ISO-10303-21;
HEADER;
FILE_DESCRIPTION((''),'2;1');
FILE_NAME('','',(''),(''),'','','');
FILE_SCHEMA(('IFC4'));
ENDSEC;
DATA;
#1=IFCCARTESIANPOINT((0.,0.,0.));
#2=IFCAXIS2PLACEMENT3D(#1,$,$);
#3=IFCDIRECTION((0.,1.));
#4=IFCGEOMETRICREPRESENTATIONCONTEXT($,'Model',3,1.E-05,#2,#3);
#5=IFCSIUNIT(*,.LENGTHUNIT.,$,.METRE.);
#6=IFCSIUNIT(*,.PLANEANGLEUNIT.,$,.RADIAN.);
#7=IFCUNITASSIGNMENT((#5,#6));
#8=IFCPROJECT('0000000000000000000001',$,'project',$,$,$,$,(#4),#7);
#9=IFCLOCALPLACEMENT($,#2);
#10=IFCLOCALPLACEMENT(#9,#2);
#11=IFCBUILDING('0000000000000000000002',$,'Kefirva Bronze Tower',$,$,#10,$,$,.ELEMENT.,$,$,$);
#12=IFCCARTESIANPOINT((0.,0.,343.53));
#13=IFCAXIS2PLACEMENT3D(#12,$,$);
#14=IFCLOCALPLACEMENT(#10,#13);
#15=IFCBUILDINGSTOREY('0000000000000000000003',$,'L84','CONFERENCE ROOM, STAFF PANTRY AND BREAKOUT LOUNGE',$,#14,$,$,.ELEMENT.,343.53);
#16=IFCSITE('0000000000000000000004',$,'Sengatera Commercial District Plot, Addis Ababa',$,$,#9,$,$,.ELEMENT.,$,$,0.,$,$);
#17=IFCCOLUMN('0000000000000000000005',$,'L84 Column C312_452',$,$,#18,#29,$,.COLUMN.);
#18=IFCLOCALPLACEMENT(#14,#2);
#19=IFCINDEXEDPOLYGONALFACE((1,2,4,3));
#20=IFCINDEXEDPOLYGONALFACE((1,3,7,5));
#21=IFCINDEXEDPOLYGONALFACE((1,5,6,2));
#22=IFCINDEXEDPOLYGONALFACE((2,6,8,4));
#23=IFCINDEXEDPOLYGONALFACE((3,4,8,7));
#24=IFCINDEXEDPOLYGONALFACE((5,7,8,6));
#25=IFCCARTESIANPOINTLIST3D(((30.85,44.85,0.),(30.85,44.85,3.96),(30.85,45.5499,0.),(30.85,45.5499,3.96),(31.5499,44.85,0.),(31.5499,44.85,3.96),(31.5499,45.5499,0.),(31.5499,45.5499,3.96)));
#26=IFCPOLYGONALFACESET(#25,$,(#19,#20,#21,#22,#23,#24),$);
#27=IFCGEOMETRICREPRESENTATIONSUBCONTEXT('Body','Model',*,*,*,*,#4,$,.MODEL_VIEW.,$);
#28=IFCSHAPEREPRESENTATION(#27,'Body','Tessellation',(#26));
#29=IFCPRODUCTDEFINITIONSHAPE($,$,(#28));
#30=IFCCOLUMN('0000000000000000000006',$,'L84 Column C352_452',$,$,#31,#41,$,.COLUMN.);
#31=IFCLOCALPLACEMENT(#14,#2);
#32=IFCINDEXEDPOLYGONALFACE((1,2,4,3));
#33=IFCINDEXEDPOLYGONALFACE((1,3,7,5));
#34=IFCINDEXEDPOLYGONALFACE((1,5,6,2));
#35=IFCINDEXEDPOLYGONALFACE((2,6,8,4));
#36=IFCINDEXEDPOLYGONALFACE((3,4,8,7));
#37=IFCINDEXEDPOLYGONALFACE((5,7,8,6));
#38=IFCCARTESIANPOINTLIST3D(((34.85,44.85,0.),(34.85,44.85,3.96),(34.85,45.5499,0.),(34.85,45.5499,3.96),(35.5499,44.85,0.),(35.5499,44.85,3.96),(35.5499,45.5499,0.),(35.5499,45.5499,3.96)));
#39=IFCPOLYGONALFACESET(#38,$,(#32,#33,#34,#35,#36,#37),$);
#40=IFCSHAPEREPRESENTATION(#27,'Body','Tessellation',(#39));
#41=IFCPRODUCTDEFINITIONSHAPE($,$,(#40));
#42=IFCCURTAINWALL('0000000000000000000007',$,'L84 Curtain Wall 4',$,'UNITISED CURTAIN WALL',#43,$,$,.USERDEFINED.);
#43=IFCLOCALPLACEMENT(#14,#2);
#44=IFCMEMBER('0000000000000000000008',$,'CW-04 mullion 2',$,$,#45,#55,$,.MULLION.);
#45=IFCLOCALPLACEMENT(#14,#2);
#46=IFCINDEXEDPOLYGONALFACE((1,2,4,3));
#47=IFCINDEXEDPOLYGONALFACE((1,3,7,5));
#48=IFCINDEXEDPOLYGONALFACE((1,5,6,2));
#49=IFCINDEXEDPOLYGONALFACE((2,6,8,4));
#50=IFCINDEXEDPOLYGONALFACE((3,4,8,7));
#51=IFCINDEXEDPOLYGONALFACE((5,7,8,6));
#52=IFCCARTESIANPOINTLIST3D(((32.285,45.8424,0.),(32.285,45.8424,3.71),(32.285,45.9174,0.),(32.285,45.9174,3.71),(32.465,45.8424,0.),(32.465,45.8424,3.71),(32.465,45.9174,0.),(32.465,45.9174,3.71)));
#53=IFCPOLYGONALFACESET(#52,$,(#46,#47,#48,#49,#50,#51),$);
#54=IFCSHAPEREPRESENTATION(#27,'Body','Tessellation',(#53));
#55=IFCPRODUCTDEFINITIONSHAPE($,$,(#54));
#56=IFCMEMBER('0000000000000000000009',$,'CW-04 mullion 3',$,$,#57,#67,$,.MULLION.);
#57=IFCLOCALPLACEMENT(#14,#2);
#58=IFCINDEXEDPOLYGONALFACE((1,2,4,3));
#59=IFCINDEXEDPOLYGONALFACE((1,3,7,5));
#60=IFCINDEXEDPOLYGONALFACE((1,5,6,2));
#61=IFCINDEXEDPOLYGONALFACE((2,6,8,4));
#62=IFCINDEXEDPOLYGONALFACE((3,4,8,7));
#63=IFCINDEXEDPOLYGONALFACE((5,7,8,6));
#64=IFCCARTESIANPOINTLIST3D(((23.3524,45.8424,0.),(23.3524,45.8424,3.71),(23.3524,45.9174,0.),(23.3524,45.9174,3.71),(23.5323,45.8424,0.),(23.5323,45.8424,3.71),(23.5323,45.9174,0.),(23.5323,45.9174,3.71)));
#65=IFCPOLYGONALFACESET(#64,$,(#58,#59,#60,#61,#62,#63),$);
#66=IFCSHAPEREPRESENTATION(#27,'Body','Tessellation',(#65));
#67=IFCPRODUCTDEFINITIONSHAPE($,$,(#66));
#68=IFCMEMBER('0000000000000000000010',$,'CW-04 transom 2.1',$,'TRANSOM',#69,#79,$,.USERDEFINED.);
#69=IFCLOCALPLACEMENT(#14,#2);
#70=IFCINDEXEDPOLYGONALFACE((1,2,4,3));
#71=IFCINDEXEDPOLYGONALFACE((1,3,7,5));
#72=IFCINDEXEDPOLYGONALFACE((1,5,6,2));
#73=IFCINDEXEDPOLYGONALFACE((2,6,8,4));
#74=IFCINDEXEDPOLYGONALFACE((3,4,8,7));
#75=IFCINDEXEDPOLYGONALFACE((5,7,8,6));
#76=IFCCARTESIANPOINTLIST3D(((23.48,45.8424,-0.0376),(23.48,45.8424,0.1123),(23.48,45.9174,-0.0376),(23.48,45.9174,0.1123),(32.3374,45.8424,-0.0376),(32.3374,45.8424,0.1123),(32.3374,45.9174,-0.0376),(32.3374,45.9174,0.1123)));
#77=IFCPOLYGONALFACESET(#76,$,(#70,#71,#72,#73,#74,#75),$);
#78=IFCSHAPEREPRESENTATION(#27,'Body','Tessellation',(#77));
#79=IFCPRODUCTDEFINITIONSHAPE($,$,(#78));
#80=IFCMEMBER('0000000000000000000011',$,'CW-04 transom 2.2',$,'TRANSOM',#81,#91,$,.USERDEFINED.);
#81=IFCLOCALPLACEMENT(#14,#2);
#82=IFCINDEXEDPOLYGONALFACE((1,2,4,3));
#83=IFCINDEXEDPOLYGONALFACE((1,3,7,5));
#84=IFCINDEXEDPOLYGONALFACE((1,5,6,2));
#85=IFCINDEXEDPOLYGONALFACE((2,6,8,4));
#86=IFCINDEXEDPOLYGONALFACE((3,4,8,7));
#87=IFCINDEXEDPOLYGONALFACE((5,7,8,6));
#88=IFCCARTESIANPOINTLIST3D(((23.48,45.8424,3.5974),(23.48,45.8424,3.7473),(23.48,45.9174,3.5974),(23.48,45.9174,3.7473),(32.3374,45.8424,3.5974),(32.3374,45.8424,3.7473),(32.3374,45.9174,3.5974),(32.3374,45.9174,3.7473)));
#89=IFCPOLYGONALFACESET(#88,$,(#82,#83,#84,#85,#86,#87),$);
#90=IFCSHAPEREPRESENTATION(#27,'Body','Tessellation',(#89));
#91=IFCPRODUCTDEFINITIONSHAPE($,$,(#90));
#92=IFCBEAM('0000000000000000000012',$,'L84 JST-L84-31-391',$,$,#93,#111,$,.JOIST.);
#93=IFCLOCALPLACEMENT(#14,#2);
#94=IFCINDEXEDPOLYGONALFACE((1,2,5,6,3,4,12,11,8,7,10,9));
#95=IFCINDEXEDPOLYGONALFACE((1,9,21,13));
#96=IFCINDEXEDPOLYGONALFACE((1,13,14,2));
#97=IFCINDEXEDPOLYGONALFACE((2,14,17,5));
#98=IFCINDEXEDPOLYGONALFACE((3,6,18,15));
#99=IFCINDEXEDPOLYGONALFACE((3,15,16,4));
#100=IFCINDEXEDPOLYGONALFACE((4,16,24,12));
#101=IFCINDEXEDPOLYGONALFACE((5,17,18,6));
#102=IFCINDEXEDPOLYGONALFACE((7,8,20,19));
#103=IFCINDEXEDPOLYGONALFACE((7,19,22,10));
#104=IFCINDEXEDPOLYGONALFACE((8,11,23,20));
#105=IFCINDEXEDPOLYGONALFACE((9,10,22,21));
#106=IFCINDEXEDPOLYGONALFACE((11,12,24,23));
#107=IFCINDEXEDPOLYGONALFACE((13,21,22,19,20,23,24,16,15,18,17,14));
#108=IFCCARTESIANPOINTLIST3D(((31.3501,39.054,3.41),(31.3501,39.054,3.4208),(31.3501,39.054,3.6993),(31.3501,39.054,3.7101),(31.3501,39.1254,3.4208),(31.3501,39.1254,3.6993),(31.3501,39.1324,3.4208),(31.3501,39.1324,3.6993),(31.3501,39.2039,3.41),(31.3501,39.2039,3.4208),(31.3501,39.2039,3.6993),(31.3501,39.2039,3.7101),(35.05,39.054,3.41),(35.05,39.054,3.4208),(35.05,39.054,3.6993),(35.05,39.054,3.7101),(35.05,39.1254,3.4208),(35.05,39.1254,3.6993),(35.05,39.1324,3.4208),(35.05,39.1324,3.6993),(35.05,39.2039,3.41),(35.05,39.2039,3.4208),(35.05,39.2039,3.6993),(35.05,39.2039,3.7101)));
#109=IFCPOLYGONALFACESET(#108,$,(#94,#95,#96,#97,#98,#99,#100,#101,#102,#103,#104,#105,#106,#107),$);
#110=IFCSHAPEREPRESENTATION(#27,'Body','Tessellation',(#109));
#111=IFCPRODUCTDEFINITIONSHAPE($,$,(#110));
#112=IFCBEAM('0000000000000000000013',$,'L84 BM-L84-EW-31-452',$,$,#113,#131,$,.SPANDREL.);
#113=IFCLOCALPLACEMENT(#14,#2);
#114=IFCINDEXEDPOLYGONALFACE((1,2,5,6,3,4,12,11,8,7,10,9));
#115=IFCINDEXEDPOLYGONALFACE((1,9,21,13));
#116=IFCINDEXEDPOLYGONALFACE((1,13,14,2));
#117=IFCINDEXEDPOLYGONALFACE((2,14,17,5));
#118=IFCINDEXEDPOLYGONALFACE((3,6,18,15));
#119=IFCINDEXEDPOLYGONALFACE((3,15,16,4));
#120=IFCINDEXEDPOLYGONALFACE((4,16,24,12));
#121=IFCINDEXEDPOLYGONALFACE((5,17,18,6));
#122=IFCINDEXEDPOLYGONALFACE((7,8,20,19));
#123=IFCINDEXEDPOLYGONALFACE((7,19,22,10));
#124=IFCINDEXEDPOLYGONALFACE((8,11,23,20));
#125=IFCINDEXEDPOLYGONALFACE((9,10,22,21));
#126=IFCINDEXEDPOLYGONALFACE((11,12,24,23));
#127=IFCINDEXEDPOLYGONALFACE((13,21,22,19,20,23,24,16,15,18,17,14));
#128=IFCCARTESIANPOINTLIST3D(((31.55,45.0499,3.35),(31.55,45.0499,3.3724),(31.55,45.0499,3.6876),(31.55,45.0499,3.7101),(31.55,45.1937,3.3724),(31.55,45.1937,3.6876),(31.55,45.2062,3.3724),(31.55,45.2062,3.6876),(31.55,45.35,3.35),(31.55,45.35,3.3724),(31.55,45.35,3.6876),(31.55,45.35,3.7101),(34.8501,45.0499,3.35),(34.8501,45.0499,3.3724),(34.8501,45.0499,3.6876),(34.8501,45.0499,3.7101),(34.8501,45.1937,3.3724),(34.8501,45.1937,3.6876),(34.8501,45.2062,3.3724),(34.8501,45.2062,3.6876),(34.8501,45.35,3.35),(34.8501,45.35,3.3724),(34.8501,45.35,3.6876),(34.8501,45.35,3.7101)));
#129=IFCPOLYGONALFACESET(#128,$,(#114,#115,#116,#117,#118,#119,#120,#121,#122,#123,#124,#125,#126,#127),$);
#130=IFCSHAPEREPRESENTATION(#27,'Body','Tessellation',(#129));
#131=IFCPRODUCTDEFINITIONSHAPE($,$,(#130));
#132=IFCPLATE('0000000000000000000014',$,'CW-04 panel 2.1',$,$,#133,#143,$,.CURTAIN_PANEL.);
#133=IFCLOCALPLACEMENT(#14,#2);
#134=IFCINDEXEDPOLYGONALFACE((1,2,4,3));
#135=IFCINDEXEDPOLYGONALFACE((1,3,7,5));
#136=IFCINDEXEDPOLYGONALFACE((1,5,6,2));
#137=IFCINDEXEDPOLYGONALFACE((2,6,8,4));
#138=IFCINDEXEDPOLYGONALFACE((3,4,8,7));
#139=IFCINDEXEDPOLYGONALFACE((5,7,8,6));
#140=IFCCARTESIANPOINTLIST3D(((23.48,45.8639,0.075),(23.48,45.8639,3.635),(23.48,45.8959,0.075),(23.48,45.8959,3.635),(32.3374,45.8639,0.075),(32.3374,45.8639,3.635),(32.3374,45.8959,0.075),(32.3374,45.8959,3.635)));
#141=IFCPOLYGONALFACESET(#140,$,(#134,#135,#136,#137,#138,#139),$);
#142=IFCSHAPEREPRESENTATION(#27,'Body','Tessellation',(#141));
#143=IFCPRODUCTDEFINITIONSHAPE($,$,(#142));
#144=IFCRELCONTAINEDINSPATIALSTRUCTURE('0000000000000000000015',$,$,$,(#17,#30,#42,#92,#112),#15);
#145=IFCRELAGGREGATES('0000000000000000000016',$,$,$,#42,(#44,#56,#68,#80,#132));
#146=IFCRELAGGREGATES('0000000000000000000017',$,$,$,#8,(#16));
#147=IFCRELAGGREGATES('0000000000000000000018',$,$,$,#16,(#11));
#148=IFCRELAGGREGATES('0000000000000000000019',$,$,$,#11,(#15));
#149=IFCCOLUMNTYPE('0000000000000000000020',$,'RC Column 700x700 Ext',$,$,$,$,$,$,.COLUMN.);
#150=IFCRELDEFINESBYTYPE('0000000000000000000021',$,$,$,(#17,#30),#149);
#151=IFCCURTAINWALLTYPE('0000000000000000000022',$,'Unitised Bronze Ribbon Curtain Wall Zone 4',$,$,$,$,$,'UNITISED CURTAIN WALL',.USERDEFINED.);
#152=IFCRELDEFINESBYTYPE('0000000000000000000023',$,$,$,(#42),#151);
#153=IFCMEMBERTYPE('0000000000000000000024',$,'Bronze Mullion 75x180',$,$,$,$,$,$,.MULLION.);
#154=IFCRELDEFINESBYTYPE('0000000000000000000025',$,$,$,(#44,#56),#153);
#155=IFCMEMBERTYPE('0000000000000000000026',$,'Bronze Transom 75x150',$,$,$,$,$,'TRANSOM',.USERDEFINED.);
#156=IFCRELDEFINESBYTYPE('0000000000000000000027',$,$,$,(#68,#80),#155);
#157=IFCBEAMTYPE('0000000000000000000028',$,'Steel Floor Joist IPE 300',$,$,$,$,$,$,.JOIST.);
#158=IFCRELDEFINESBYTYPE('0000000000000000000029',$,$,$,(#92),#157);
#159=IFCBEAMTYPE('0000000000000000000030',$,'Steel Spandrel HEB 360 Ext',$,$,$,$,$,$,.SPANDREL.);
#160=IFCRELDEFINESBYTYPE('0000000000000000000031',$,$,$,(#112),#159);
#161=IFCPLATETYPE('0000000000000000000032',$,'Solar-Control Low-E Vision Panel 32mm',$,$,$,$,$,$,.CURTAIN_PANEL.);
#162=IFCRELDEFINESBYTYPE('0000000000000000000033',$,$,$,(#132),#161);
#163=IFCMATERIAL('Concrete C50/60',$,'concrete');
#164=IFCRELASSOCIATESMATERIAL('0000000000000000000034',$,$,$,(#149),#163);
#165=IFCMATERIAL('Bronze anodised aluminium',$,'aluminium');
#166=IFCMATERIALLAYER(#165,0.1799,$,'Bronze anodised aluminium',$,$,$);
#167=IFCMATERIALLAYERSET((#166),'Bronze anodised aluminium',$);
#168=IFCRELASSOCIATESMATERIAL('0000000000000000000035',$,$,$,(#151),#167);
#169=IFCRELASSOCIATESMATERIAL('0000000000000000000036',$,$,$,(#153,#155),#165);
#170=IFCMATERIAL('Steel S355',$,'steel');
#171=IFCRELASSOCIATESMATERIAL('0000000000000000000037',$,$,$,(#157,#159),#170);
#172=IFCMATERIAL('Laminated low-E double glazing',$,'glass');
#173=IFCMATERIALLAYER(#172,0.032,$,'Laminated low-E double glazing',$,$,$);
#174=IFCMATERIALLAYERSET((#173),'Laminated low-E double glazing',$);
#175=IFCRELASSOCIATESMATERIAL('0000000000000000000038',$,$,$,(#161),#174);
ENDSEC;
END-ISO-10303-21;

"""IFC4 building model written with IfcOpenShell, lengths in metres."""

from ifc_helpers import new_model, si_unit, direction, frame, origin, origin_2d, place, context, subcontext, project, spatial, rectangle, i_section, extrude, material, layer, layer_set, material_profile, profile_set, type_object, element, aggregate, save


model = new_model("IFC4")

# Units and contexts
model_context = context("Model", 3, precision=1e-05, world=origin(), true_north=direction((0.0, 1.0)))
body_context = subcontext(model_context, "Body", "Model", "MODEL_VIEW")
ifc_project = project(units=[si_unit("LENGTHUNIT", "METRE"), si_unit("PLANEANGLEUNIT", "RADIAN")], contexts=[model_context])

# Site, building, storey
site_placement = place(None, origin())
site = spatial("IfcSite", under=ifc_project, at=site_placement, Name="Sengatera Commercial District Plot, Addis Ababa", CompositionType="ELEMENT", RefElevation=0.0)
building_placement = place(site_placement, origin())
building = spatial("IfcBuilding", under=site, at=building_placement, Name="Kefirva Bronze Tower", CompositionType="ELEMENT")
storey_placement = place(building_placement, frame((0.0, 0.0, 343.53)))
storey = spatial("IfcBuildingStorey", under=building, at=storey_placement, Name="L84", Description="CONFERENCE ROOM, STAFF PANTRY AND BREAKOUT LOUNGE", CompositionType="ELEMENT", Elevation=343.53)

# Columns
ifc_material_1 = material(Name="Concrete C50/60", Category="concrete")
ifc_material_profile_1 = material_profile(ifc_material_1, rectangle(XDim=0.7, YDim=0.7, at=origin_2d()), Name="RC 700x700")
ifc_profile_set_1 = profile_set([ifc_material_profile_1], Name="Concrete C50/60")
column_type = type_object("IfcColumnType", Name="RC Column 700x700 Ext", PredefinedType="COLUMN", material=ifc_profile_set_1)
for number, where, z_axis, x_axis, name in (
    (1, (31.2, 45.2, 0.0), (0.0, 0.0, 1.0), (1.0, 0.0, 0.0), "L84 Column C312_452"),
    (2, (35.2, 45.2, 0.0), (0.0, 0.0, 1.0), (1.0, 0.0, 0.0), "L84 Column C352_452"),
):
    element("IfcColumn", number, at=place(storey_placement, frame(where, z_axis=z_axis, x_axis=x_axis)), inside=storey, type_object=column_type, Name=name, PredefinedType="COLUMN", context=body_context, shape_type="SweptSolid", body=[
        extrude(rectangle(XDim=0.7, YDim=0.7, at=origin_2d()), origin(), (0.0, 0.0, 1.0), 3.96),
    ])

# Curtain wall, members
ifc_material_2 = material(Name="Bronze anodised aluminium", Category="aluminium")
ifc_layer_1 = layer(ifc_material_2, 0.1799, Name="Bronze anodised aluminium")
ifc_layer_set_1 = layer_set([ifc_layer_1], Name="Bronze anodised aluminium")
curtain_wall_type = type_object("IfcCurtainWallType", Name="Unitised Bronze Ribbon Curtain Wall Zone 4", ElementType="UNITISED CURTAIN WALL", PredefinedType="USERDEFINED", material=ifc_layer_set_1)
curtain_wall_placement = place(storey_placement, origin())
curtain_wall = element("IfcCurtainWall", 3, at=curtain_wall_placement, inside=storey, type_object=curtain_wall_type, Name="L84 Curtain Wall 4", ObjectType="UNITISED CURTAIN WALL", PredefinedType="USERDEFINED")
ifc_material_profile_2 = material_profile(ifc_material_2, rectangle(XDim=0.075, YDim=0.1799, at=origin_2d()), Name="ALU 75x180")
ifc_profile_set_2 = profile_set([ifc_material_profile_2], Name="Bronze anodised aluminium")
member_type_1 = type_object("IfcMemberType", Name="Bronze Mullion 75x180", PredefinedType="MULLION", material=ifc_profile_set_2)
member_1_placement = place(storey_placement, frame((32.375, 45.8799, 0.0), z_axis=(0.0, 0.0, 1.0), x_axis=(0.0, -1.0, 0.0)))
member_1 = element("IfcMember", 4, at=member_1_placement, type_object=member_type_1, Name="CW-04 mullion 2", PredefinedType="MULLION", context=body_context, shape_type="SweptSolid", body=[
    extrude(rectangle(XDim=0.075, YDim=0.1799, at=origin_2d()), origin(), (0.0, 0.0, 1.0), 3.71),
])
member_2_placement = place(storey_placement, frame((23.4424, 45.8799, 0.0), z_axis=(0.0, 0.0, 1.0), x_axis=(0.0, -1.0, 0.0)))
member_2 = element("IfcMember", 5, at=member_2_placement, type_object=member_type_1, Name="CW-04 mullion 3", PredefinedType="MULLION", context=body_context, shape_type="SweptSolid", body=[
    extrude(rectangle(XDim=0.075, YDim=0.1799, at=origin_2d()), origin(), (0.0, 0.0, 1.0), 3.71),
])
ifc_material_profile_3 = material_profile(ifc_material_2, rectangle(XDim=0.075, YDim=0.1499, at=origin_2d()), Name="ALU 75x150")
ifc_profile_set_3 = profile_set([ifc_material_profile_3], Name="Bronze anodised aluminium")
member_type_2 = type_object("IfcMemberType", Name="Bronze Transom 75x150", ElementType="TRANSOM", PredefinedType="USERDEFINED", material=ifc_profile_set_3)
member_3_placement = place(storey_placement, frame((32.3374, 45.8799, 0.0374), z_axis=(-1.0, 0.0, 0.0), x_axis=(0.0, -1.0, 0.0)))
member_3 = element("IfcMember", 6, at=member_3_placement, type_object=member_type_2, Name="CW-04 transom 2.1", ObjectType="TRANSOM", PredefinedType="USERDEFINED", context=body_context, shape_type="SweptSolid", body=[
    extrude(rectangle(XDim=0.075, YDim=0.1499, at=origin_2d()), origin(), (0.0, 0.0, 1.0), 8.8574),
])
member_4_placement = place(storey_placement, frame((32.3374, 45.8799, 3.6724), z_axis=(-1.0, 0.0, 0.0), x_axis=(0.0, -1.0, 0.0)))
member_4 = element("IfcMember", 7, at=member_4_placement, type_object=member_type_2, Name="CW-04 transom 2.2", ObjectType="TRANSOM", PredefinedType="USERDEFINED", context=body_context, shape_type="SweptSolid", body=[
    extrude(rectangle(XDim=0.075, YDim=0.1499, at=origin_2d()), origin(), (0.0, 0.0, 1.0), 8.8574),
])

# Beams
ifc_material_3 = material(Name="Steel S355", Category="steel")
ifc_material_profile_4 = material_profile(ifc_material_3, i_section(OverallWidth=0.1499, OverallDepth=0.3, WebThickness=0.0071, FlangeThickness=0.0107, at=origin_2d()), Name="IPE 300")
ifc_profile_set_4 = profile_set([ifc_material_profile_4], Name="Steel S355")
beam_type_1 = type_object("IfcBeamType", Name="Steel Floor Joist IPE 300", PredefinedType="JOIST", material=ifc_profile_set_4)
beam_1_placement = place(storey_placement, frame((31.3501, 39.1289, 3.5601), z_axis=(1.0, 0.0, 0.0), x_axis=(0.0, 1.0, 0.0)))
element("IfcBeam", 8, at=beam_1_placement, inside=storey, type_object=beam_type_1, Name="L84 JST-L84-31-391", PredefinedType="JOIST", context=body_context, shape_type="SweptSolid", body=[
    extrude(i_section(OverallWidth=0.1499, OverallDepth=0.3, WebThickness=0.0071, FlangeThickness=0.0107, at=origin_2d()), origin(), (0.0, 0.0, 1.0), 3.7),
])
ifc_material_profile_5 = material_profile(ifc_material_3, i_section(OverallWidth=0.3, OverallDepth=0.3601, WebThickness=0.0125, FlangeThickness=0.0225, at=origin_2d()), Name="HEB 360")
ifc_profile_set_5 = profile_set([ifc_material_profile_5], Name="Steel S355")
beam_type_2 = type_object("IfcBeamType", Name="Steel Spandrel HEB 360 Ext", PredefinedType="SPANDREL", material=ifc_profile_set_5)
beam_2_placement = place(storey_placement, frame((31.55, 45.2, 3.53), z_axis=(1.0, 0.0, 0.0), x_axis=(0.0, 1.0, 0.0)))
element("IfcBeam", 9, at=beam_2_placement, inside=storey, type_object=beam_type_2, Name="L84 BM-L84-EW-31-452", PredefinedType="SPANDREL", context=body_context, shape_type="SweptSolid", body=[
    extrude(i_section(OverallWidth=0.3, OverallDepth=0.3601, WebThickness=0.0125, FlangeThickness=0.0225, at=origin_2d()), origin(), (0.0, 0.0, 1.0), 3.3),
])

# Plate
ifc_material_4 = material(Name="Laminated low-E double glazing", Category="glass")
ifc_layer_2 = layer(ifc_material_4, 0.032, Name="Laminated low-E double glazing")
ifc_layer_set_2 = layer_set([ifc_layer_2], Name="Laminated low-E double glazing")
plate_type = type_object("IfcPlateType", Name="Solar-Control Low-E Vision Panel 32mm", PredefinedType="CURTAIN_PANEL", material=ifc_layer_set_2)
plate_placement = place(storey_placement, frame((27.9087, 45.8799, 0.075), z_axis=(0.0, 0.0, 1.0), x_axis=(-1.0, 0.0, 0.0)))
plate = element("IfcPlate", 10, at=plate_placement, type_object=plate_type, Name="CW-04 panel 2.1", PredefinedType="CURTAIN_PANEL", context=body_context, shape_type="SweptSolid", body=[
    extrude(rectangle(XDim=8.8574, YDim=0.032, at=origin_2d()), origin(), (0.0, 0.0, 1.0), 3.5601),
])
aggregate(curtain_wall, [member_1, member_2, member_3, member_4, plate])

save(model, "model.ifc")
